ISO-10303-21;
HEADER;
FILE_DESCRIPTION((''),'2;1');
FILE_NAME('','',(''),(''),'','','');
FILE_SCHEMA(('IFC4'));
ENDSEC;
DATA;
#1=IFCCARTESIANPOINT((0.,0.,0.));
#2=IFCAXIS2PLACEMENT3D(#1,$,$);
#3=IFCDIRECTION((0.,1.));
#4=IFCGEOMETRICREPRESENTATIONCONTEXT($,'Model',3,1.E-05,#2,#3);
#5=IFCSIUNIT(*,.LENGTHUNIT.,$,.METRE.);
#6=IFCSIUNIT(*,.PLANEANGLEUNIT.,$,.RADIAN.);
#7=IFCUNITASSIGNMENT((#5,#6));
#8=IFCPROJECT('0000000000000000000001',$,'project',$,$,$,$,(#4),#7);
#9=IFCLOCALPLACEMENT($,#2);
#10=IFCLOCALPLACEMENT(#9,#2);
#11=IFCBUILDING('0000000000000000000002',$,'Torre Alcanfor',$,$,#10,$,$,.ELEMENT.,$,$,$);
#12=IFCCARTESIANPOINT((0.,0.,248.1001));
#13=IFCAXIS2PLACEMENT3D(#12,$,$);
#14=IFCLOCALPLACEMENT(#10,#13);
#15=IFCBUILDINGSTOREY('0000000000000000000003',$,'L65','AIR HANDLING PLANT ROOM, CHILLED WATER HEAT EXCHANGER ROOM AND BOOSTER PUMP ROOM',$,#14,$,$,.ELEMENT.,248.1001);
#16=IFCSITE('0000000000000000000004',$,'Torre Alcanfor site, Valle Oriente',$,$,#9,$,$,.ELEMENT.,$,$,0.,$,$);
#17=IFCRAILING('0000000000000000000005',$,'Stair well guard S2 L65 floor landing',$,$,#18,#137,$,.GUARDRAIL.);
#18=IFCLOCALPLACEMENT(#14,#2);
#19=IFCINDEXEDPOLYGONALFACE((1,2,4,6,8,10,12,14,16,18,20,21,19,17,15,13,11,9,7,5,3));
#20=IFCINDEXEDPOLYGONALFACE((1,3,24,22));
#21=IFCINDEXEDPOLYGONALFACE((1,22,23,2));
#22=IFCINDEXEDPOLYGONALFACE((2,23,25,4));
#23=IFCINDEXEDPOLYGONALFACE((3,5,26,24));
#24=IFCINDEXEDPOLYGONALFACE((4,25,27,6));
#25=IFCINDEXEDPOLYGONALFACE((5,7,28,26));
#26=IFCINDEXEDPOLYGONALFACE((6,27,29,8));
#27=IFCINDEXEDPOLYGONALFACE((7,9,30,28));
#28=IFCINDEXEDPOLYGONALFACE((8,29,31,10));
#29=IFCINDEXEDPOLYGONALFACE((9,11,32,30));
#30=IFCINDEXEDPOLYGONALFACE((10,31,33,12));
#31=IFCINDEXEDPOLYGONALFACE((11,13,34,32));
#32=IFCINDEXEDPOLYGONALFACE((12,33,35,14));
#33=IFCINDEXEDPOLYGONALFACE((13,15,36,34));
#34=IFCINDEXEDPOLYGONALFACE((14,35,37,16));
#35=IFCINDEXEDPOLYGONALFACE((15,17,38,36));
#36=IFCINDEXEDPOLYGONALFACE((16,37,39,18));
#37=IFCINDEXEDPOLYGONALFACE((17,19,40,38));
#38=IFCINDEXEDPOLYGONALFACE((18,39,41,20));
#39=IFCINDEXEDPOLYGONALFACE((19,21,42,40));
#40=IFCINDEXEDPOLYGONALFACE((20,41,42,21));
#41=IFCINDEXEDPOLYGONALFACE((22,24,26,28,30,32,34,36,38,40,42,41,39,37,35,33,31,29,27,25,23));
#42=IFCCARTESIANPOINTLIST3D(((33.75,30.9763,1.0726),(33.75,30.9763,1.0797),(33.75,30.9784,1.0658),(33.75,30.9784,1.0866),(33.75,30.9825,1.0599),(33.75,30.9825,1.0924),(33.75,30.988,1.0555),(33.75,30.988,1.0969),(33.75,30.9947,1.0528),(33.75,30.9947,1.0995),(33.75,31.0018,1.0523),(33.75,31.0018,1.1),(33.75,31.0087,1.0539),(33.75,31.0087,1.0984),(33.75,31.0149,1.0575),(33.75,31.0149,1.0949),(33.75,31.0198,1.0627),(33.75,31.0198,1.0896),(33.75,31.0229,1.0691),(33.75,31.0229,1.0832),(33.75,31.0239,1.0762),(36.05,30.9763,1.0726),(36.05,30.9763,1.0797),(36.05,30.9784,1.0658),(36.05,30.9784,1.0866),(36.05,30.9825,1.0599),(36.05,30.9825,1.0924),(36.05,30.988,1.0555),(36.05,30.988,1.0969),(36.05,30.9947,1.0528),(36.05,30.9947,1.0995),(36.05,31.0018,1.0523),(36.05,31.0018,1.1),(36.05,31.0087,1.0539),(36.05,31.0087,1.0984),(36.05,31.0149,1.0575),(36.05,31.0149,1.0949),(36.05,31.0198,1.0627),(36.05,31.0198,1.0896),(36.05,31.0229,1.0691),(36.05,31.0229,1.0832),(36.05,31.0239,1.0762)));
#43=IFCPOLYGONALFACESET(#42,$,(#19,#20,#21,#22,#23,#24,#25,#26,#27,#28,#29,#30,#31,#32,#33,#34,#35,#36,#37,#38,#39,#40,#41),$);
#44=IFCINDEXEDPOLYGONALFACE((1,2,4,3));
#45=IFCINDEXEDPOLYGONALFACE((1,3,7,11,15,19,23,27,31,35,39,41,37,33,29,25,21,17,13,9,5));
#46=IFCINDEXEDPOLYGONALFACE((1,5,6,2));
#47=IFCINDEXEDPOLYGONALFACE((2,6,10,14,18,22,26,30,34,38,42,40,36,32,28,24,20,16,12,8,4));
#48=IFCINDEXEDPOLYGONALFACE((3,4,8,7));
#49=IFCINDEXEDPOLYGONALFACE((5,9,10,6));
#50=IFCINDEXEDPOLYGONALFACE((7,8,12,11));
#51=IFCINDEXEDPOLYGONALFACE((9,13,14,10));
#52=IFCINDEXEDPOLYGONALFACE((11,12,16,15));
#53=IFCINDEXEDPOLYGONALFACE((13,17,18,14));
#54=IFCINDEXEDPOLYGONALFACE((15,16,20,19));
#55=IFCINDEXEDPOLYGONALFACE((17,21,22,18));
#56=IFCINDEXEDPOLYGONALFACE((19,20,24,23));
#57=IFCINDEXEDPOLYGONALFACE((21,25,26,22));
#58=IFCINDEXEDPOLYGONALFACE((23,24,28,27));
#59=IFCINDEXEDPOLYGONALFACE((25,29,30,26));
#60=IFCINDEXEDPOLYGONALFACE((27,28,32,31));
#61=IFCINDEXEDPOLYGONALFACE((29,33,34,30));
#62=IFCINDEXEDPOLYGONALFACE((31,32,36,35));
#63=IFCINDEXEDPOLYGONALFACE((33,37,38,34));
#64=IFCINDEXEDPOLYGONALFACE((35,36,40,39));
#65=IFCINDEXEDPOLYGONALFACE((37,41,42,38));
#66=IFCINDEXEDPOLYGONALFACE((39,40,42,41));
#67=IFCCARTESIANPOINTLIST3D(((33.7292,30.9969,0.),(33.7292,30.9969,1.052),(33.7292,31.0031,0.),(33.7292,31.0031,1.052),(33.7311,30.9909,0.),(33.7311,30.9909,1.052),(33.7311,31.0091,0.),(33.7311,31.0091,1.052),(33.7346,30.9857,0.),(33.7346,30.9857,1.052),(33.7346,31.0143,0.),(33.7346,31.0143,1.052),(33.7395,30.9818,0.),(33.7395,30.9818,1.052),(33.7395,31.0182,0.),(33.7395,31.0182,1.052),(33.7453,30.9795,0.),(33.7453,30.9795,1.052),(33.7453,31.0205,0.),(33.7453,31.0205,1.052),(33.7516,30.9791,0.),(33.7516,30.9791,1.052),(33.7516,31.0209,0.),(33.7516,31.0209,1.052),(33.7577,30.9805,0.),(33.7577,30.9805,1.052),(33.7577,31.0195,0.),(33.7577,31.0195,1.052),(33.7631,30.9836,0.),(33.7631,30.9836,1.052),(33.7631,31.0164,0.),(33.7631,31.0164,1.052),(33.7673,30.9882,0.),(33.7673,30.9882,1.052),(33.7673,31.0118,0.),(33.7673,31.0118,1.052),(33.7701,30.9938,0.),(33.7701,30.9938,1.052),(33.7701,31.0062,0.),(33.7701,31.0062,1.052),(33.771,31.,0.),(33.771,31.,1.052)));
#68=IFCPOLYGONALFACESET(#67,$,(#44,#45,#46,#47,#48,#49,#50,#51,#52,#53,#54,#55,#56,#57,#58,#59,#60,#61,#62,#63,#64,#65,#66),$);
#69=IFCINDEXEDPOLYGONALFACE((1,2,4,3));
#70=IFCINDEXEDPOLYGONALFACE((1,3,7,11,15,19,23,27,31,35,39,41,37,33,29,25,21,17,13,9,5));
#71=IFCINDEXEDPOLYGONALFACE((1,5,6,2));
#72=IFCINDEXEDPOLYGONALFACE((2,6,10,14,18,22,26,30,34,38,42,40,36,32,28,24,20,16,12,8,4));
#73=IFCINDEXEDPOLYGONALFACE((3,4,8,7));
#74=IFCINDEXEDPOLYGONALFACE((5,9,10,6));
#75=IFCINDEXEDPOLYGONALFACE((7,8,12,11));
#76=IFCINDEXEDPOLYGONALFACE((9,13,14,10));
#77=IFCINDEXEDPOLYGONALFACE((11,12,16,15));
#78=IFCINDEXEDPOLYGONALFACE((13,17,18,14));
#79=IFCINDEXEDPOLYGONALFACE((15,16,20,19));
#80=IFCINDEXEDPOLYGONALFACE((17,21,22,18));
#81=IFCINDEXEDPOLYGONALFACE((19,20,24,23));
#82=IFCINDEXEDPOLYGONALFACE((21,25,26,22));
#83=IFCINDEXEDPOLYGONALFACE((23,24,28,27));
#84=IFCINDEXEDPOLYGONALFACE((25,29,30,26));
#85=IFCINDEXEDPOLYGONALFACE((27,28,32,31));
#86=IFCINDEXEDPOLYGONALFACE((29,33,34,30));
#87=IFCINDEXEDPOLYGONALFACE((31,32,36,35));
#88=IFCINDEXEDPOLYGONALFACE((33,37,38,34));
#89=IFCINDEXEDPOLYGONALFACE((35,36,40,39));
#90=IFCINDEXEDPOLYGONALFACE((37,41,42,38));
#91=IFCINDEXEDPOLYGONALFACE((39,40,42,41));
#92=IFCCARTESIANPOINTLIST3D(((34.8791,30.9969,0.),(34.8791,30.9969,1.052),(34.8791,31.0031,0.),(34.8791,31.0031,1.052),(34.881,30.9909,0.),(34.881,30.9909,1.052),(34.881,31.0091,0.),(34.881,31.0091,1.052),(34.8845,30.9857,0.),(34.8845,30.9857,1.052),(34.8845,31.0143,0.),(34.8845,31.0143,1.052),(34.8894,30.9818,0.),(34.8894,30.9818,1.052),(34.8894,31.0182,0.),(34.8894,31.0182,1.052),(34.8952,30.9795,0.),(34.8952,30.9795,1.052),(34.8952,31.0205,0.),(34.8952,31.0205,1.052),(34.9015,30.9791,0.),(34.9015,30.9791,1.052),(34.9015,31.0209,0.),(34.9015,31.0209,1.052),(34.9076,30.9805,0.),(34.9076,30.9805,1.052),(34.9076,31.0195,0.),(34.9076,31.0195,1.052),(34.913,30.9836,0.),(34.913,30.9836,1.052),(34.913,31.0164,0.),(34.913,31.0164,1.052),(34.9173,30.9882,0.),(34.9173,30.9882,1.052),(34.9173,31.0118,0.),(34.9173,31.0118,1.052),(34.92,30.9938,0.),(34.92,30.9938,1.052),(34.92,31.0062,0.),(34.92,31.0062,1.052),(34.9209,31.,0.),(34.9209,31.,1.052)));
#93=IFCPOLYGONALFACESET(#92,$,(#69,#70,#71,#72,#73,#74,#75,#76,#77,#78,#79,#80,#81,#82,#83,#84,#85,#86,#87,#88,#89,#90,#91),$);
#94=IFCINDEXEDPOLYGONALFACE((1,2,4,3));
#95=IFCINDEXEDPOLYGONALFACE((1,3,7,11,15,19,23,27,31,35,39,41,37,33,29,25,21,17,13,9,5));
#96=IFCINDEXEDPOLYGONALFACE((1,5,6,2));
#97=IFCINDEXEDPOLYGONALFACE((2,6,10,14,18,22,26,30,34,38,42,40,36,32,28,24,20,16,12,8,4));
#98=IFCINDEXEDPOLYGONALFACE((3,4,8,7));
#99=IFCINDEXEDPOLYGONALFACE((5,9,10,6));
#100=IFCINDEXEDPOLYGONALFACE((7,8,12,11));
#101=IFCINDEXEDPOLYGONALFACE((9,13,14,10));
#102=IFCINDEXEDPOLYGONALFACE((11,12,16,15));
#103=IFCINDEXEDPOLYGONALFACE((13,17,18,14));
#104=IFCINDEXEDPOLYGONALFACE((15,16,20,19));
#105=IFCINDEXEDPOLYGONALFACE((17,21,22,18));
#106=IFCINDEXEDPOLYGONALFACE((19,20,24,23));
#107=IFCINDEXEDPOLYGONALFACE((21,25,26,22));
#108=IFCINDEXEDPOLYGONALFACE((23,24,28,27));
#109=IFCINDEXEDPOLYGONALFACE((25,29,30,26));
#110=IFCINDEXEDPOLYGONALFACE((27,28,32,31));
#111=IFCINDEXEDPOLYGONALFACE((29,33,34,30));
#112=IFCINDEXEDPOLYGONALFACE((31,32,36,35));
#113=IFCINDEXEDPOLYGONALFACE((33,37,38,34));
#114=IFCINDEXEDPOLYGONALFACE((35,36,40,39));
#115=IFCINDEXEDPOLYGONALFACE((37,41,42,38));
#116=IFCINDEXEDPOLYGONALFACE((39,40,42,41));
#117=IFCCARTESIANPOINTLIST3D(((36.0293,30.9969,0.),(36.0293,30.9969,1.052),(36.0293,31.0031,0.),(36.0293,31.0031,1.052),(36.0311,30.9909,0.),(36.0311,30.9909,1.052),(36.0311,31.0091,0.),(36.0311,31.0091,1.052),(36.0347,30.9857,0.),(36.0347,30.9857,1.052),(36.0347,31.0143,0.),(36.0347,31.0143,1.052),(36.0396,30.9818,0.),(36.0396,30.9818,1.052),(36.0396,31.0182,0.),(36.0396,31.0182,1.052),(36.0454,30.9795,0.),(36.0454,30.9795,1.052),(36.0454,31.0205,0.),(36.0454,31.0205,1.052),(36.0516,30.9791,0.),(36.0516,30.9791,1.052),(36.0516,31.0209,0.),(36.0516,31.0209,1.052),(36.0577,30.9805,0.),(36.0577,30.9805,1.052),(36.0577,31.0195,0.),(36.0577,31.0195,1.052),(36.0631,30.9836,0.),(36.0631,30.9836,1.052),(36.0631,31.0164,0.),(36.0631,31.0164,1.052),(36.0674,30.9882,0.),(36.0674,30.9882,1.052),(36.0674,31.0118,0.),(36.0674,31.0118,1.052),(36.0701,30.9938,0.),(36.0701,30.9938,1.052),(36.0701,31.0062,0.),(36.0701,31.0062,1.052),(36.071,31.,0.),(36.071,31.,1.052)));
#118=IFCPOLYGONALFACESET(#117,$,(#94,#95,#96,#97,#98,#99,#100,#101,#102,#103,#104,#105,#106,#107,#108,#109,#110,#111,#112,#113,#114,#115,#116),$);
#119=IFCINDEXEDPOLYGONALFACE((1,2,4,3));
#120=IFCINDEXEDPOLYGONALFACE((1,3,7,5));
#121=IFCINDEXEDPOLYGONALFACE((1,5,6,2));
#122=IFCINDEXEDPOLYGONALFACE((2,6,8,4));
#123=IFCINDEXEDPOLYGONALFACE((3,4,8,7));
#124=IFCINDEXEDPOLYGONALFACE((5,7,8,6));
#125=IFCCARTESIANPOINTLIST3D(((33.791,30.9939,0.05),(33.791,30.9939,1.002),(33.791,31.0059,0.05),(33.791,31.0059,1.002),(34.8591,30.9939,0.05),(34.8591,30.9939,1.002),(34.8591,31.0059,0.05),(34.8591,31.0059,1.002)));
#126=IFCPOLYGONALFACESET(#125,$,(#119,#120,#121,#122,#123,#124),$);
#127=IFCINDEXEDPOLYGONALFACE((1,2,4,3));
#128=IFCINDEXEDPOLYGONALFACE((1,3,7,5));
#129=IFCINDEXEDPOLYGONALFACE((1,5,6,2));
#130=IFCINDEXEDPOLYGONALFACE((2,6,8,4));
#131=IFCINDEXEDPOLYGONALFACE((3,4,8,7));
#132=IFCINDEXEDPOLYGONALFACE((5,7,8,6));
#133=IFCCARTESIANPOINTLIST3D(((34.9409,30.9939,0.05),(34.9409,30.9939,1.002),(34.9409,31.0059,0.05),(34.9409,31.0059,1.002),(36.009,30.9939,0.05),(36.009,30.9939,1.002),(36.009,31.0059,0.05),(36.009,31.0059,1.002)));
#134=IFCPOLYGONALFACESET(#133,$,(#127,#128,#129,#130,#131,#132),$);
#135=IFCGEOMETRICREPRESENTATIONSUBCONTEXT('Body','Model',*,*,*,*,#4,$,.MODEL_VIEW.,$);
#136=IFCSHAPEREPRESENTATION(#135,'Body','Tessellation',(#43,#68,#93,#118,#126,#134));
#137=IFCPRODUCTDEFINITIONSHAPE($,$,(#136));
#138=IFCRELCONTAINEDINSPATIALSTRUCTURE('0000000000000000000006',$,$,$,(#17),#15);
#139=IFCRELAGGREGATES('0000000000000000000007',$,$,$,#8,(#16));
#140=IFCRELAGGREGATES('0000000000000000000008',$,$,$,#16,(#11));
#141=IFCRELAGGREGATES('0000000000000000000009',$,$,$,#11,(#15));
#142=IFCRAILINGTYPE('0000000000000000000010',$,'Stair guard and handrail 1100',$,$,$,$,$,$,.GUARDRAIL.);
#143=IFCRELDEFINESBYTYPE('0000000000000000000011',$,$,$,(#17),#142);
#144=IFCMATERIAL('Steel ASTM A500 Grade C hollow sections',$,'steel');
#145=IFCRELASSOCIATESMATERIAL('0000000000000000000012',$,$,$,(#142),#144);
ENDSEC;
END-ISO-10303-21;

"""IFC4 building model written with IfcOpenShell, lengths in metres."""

from ifc_helpers import new_model, si_unit, direction, frame, origin, origin_2d, place, context, subcontext, project, spatial, polyline, circle, outline, extrude, material, type_object, element, save


model = new_model("IFC4")

# Units and contexts
model_context = context("Model", 3, precision=1e-05, world=origin(), true_north=direction((0.0, 1.0)))
body_context = subcontext(model_context, "Body", "Model", "MODEL_VIEW")
ifc_project = project(units=[si_unit("LENGTHUNIT", "METRE"), si_unit("PLANEANGLEUNIT", "RADIAN")], contexts=[model_context])

# Site, building, storey
site_placement = place(None, origin())
site = spatial("IfcSite", under=ifc_project, at=site_placement, Name="Torre Alcanfor site, Valle Oriente", CompositionType="ELEMENT", RefElevation=0.0)
building_placement = place(site_placement, origin())
building = spatial("IfcBuilding", under=site, at=building_placement, Name="Torre Alcanfor", CompositionType="ELEMENT")
storey_placement = place(building_placement, frame((0.0, 0.0, 248.1001)))
storey = spatial("IfcBuildingStorey", under=building, at=storey_placement, Name="L65", Description="AIR HANDLING PLANT ROOM, CHILLED WATER HEAT EXCHANGER ROOM AND BOOSTER PUMP ROOM", CompositionType="ELEMENT", Elevation=248.1001)

# Railing
ifc_material_1 = material(Name="Steel ASTM A500 Grade C hollow sections", Category="steel")
railing_type_1 = type_object("IfcRailingType", Name="Stair guard and handrail 1100", PredefinedType="GUARDRAIL", material=ifc_material_1)
for number, where, name in (
    (1, (33.75, 31.0, 0.0), "Stair well guard S2 L65 floor landing"),
):
    element("IfcRailing", number, at=place(storey_placement, frame(where)), inside=storey, type_object=railing_type_1, Name=name, PredefinedType="GUARDRAIL", context=body_context, shape_type="SweptSolid", body=[
        extrude(circle(Radius=0.0239, at=origin_2d()), frame((0.0, 0.0, 1.0762), z_axis=(1.0, 0.0, 0.0), x_axis=(0.0, 1.0, 0.0)), (0.0, 0.0, 1.0), 2.3),
        extrude(circle(Radius=0.021, at=origin_2d()), origin(), (0.0, 0.0, 1.0), 1.052),
        extrude(circle(Radius=0.021, at=origin_2d()), frame((1.1499, 0.0, 0.0)), (0.0, 0.0, 1.0), 1.052),
        extrude(circle(Radius=0.021, at=origin_2d()), frame((2.3, 0.0, 0.0)), (0.0, 0.0, 1.0), 1.052),
        extrude(outline(polyline([(0.041, 0.05), (1.1091, 0.05), (1.1091, 1.002), (0.041, 1.002), (0.041, 0.05)])), frame((0.0, 0.0059, 0.0), z_axis=(0.0, -1.0, 0.0), x_axis=(1.0, 0.0, 0.0)), (0.0, 0.0, 1.0), 0.012),
        extrude(outline(polyline([(1.1909, 0.05), (2.259, 0.05), (2.259, 1.002), (1.1909, 1.002), (1.1909, 0.05)])), frame((0.0, 0.0059, 0.0), z_axis=(0.0, -1.0, 0.0), x_axis=(1.0, 0.0, 0.0)), (0.0, 0.0, 1.0), 0.012),
    ])

save(model, "model.ifc")
